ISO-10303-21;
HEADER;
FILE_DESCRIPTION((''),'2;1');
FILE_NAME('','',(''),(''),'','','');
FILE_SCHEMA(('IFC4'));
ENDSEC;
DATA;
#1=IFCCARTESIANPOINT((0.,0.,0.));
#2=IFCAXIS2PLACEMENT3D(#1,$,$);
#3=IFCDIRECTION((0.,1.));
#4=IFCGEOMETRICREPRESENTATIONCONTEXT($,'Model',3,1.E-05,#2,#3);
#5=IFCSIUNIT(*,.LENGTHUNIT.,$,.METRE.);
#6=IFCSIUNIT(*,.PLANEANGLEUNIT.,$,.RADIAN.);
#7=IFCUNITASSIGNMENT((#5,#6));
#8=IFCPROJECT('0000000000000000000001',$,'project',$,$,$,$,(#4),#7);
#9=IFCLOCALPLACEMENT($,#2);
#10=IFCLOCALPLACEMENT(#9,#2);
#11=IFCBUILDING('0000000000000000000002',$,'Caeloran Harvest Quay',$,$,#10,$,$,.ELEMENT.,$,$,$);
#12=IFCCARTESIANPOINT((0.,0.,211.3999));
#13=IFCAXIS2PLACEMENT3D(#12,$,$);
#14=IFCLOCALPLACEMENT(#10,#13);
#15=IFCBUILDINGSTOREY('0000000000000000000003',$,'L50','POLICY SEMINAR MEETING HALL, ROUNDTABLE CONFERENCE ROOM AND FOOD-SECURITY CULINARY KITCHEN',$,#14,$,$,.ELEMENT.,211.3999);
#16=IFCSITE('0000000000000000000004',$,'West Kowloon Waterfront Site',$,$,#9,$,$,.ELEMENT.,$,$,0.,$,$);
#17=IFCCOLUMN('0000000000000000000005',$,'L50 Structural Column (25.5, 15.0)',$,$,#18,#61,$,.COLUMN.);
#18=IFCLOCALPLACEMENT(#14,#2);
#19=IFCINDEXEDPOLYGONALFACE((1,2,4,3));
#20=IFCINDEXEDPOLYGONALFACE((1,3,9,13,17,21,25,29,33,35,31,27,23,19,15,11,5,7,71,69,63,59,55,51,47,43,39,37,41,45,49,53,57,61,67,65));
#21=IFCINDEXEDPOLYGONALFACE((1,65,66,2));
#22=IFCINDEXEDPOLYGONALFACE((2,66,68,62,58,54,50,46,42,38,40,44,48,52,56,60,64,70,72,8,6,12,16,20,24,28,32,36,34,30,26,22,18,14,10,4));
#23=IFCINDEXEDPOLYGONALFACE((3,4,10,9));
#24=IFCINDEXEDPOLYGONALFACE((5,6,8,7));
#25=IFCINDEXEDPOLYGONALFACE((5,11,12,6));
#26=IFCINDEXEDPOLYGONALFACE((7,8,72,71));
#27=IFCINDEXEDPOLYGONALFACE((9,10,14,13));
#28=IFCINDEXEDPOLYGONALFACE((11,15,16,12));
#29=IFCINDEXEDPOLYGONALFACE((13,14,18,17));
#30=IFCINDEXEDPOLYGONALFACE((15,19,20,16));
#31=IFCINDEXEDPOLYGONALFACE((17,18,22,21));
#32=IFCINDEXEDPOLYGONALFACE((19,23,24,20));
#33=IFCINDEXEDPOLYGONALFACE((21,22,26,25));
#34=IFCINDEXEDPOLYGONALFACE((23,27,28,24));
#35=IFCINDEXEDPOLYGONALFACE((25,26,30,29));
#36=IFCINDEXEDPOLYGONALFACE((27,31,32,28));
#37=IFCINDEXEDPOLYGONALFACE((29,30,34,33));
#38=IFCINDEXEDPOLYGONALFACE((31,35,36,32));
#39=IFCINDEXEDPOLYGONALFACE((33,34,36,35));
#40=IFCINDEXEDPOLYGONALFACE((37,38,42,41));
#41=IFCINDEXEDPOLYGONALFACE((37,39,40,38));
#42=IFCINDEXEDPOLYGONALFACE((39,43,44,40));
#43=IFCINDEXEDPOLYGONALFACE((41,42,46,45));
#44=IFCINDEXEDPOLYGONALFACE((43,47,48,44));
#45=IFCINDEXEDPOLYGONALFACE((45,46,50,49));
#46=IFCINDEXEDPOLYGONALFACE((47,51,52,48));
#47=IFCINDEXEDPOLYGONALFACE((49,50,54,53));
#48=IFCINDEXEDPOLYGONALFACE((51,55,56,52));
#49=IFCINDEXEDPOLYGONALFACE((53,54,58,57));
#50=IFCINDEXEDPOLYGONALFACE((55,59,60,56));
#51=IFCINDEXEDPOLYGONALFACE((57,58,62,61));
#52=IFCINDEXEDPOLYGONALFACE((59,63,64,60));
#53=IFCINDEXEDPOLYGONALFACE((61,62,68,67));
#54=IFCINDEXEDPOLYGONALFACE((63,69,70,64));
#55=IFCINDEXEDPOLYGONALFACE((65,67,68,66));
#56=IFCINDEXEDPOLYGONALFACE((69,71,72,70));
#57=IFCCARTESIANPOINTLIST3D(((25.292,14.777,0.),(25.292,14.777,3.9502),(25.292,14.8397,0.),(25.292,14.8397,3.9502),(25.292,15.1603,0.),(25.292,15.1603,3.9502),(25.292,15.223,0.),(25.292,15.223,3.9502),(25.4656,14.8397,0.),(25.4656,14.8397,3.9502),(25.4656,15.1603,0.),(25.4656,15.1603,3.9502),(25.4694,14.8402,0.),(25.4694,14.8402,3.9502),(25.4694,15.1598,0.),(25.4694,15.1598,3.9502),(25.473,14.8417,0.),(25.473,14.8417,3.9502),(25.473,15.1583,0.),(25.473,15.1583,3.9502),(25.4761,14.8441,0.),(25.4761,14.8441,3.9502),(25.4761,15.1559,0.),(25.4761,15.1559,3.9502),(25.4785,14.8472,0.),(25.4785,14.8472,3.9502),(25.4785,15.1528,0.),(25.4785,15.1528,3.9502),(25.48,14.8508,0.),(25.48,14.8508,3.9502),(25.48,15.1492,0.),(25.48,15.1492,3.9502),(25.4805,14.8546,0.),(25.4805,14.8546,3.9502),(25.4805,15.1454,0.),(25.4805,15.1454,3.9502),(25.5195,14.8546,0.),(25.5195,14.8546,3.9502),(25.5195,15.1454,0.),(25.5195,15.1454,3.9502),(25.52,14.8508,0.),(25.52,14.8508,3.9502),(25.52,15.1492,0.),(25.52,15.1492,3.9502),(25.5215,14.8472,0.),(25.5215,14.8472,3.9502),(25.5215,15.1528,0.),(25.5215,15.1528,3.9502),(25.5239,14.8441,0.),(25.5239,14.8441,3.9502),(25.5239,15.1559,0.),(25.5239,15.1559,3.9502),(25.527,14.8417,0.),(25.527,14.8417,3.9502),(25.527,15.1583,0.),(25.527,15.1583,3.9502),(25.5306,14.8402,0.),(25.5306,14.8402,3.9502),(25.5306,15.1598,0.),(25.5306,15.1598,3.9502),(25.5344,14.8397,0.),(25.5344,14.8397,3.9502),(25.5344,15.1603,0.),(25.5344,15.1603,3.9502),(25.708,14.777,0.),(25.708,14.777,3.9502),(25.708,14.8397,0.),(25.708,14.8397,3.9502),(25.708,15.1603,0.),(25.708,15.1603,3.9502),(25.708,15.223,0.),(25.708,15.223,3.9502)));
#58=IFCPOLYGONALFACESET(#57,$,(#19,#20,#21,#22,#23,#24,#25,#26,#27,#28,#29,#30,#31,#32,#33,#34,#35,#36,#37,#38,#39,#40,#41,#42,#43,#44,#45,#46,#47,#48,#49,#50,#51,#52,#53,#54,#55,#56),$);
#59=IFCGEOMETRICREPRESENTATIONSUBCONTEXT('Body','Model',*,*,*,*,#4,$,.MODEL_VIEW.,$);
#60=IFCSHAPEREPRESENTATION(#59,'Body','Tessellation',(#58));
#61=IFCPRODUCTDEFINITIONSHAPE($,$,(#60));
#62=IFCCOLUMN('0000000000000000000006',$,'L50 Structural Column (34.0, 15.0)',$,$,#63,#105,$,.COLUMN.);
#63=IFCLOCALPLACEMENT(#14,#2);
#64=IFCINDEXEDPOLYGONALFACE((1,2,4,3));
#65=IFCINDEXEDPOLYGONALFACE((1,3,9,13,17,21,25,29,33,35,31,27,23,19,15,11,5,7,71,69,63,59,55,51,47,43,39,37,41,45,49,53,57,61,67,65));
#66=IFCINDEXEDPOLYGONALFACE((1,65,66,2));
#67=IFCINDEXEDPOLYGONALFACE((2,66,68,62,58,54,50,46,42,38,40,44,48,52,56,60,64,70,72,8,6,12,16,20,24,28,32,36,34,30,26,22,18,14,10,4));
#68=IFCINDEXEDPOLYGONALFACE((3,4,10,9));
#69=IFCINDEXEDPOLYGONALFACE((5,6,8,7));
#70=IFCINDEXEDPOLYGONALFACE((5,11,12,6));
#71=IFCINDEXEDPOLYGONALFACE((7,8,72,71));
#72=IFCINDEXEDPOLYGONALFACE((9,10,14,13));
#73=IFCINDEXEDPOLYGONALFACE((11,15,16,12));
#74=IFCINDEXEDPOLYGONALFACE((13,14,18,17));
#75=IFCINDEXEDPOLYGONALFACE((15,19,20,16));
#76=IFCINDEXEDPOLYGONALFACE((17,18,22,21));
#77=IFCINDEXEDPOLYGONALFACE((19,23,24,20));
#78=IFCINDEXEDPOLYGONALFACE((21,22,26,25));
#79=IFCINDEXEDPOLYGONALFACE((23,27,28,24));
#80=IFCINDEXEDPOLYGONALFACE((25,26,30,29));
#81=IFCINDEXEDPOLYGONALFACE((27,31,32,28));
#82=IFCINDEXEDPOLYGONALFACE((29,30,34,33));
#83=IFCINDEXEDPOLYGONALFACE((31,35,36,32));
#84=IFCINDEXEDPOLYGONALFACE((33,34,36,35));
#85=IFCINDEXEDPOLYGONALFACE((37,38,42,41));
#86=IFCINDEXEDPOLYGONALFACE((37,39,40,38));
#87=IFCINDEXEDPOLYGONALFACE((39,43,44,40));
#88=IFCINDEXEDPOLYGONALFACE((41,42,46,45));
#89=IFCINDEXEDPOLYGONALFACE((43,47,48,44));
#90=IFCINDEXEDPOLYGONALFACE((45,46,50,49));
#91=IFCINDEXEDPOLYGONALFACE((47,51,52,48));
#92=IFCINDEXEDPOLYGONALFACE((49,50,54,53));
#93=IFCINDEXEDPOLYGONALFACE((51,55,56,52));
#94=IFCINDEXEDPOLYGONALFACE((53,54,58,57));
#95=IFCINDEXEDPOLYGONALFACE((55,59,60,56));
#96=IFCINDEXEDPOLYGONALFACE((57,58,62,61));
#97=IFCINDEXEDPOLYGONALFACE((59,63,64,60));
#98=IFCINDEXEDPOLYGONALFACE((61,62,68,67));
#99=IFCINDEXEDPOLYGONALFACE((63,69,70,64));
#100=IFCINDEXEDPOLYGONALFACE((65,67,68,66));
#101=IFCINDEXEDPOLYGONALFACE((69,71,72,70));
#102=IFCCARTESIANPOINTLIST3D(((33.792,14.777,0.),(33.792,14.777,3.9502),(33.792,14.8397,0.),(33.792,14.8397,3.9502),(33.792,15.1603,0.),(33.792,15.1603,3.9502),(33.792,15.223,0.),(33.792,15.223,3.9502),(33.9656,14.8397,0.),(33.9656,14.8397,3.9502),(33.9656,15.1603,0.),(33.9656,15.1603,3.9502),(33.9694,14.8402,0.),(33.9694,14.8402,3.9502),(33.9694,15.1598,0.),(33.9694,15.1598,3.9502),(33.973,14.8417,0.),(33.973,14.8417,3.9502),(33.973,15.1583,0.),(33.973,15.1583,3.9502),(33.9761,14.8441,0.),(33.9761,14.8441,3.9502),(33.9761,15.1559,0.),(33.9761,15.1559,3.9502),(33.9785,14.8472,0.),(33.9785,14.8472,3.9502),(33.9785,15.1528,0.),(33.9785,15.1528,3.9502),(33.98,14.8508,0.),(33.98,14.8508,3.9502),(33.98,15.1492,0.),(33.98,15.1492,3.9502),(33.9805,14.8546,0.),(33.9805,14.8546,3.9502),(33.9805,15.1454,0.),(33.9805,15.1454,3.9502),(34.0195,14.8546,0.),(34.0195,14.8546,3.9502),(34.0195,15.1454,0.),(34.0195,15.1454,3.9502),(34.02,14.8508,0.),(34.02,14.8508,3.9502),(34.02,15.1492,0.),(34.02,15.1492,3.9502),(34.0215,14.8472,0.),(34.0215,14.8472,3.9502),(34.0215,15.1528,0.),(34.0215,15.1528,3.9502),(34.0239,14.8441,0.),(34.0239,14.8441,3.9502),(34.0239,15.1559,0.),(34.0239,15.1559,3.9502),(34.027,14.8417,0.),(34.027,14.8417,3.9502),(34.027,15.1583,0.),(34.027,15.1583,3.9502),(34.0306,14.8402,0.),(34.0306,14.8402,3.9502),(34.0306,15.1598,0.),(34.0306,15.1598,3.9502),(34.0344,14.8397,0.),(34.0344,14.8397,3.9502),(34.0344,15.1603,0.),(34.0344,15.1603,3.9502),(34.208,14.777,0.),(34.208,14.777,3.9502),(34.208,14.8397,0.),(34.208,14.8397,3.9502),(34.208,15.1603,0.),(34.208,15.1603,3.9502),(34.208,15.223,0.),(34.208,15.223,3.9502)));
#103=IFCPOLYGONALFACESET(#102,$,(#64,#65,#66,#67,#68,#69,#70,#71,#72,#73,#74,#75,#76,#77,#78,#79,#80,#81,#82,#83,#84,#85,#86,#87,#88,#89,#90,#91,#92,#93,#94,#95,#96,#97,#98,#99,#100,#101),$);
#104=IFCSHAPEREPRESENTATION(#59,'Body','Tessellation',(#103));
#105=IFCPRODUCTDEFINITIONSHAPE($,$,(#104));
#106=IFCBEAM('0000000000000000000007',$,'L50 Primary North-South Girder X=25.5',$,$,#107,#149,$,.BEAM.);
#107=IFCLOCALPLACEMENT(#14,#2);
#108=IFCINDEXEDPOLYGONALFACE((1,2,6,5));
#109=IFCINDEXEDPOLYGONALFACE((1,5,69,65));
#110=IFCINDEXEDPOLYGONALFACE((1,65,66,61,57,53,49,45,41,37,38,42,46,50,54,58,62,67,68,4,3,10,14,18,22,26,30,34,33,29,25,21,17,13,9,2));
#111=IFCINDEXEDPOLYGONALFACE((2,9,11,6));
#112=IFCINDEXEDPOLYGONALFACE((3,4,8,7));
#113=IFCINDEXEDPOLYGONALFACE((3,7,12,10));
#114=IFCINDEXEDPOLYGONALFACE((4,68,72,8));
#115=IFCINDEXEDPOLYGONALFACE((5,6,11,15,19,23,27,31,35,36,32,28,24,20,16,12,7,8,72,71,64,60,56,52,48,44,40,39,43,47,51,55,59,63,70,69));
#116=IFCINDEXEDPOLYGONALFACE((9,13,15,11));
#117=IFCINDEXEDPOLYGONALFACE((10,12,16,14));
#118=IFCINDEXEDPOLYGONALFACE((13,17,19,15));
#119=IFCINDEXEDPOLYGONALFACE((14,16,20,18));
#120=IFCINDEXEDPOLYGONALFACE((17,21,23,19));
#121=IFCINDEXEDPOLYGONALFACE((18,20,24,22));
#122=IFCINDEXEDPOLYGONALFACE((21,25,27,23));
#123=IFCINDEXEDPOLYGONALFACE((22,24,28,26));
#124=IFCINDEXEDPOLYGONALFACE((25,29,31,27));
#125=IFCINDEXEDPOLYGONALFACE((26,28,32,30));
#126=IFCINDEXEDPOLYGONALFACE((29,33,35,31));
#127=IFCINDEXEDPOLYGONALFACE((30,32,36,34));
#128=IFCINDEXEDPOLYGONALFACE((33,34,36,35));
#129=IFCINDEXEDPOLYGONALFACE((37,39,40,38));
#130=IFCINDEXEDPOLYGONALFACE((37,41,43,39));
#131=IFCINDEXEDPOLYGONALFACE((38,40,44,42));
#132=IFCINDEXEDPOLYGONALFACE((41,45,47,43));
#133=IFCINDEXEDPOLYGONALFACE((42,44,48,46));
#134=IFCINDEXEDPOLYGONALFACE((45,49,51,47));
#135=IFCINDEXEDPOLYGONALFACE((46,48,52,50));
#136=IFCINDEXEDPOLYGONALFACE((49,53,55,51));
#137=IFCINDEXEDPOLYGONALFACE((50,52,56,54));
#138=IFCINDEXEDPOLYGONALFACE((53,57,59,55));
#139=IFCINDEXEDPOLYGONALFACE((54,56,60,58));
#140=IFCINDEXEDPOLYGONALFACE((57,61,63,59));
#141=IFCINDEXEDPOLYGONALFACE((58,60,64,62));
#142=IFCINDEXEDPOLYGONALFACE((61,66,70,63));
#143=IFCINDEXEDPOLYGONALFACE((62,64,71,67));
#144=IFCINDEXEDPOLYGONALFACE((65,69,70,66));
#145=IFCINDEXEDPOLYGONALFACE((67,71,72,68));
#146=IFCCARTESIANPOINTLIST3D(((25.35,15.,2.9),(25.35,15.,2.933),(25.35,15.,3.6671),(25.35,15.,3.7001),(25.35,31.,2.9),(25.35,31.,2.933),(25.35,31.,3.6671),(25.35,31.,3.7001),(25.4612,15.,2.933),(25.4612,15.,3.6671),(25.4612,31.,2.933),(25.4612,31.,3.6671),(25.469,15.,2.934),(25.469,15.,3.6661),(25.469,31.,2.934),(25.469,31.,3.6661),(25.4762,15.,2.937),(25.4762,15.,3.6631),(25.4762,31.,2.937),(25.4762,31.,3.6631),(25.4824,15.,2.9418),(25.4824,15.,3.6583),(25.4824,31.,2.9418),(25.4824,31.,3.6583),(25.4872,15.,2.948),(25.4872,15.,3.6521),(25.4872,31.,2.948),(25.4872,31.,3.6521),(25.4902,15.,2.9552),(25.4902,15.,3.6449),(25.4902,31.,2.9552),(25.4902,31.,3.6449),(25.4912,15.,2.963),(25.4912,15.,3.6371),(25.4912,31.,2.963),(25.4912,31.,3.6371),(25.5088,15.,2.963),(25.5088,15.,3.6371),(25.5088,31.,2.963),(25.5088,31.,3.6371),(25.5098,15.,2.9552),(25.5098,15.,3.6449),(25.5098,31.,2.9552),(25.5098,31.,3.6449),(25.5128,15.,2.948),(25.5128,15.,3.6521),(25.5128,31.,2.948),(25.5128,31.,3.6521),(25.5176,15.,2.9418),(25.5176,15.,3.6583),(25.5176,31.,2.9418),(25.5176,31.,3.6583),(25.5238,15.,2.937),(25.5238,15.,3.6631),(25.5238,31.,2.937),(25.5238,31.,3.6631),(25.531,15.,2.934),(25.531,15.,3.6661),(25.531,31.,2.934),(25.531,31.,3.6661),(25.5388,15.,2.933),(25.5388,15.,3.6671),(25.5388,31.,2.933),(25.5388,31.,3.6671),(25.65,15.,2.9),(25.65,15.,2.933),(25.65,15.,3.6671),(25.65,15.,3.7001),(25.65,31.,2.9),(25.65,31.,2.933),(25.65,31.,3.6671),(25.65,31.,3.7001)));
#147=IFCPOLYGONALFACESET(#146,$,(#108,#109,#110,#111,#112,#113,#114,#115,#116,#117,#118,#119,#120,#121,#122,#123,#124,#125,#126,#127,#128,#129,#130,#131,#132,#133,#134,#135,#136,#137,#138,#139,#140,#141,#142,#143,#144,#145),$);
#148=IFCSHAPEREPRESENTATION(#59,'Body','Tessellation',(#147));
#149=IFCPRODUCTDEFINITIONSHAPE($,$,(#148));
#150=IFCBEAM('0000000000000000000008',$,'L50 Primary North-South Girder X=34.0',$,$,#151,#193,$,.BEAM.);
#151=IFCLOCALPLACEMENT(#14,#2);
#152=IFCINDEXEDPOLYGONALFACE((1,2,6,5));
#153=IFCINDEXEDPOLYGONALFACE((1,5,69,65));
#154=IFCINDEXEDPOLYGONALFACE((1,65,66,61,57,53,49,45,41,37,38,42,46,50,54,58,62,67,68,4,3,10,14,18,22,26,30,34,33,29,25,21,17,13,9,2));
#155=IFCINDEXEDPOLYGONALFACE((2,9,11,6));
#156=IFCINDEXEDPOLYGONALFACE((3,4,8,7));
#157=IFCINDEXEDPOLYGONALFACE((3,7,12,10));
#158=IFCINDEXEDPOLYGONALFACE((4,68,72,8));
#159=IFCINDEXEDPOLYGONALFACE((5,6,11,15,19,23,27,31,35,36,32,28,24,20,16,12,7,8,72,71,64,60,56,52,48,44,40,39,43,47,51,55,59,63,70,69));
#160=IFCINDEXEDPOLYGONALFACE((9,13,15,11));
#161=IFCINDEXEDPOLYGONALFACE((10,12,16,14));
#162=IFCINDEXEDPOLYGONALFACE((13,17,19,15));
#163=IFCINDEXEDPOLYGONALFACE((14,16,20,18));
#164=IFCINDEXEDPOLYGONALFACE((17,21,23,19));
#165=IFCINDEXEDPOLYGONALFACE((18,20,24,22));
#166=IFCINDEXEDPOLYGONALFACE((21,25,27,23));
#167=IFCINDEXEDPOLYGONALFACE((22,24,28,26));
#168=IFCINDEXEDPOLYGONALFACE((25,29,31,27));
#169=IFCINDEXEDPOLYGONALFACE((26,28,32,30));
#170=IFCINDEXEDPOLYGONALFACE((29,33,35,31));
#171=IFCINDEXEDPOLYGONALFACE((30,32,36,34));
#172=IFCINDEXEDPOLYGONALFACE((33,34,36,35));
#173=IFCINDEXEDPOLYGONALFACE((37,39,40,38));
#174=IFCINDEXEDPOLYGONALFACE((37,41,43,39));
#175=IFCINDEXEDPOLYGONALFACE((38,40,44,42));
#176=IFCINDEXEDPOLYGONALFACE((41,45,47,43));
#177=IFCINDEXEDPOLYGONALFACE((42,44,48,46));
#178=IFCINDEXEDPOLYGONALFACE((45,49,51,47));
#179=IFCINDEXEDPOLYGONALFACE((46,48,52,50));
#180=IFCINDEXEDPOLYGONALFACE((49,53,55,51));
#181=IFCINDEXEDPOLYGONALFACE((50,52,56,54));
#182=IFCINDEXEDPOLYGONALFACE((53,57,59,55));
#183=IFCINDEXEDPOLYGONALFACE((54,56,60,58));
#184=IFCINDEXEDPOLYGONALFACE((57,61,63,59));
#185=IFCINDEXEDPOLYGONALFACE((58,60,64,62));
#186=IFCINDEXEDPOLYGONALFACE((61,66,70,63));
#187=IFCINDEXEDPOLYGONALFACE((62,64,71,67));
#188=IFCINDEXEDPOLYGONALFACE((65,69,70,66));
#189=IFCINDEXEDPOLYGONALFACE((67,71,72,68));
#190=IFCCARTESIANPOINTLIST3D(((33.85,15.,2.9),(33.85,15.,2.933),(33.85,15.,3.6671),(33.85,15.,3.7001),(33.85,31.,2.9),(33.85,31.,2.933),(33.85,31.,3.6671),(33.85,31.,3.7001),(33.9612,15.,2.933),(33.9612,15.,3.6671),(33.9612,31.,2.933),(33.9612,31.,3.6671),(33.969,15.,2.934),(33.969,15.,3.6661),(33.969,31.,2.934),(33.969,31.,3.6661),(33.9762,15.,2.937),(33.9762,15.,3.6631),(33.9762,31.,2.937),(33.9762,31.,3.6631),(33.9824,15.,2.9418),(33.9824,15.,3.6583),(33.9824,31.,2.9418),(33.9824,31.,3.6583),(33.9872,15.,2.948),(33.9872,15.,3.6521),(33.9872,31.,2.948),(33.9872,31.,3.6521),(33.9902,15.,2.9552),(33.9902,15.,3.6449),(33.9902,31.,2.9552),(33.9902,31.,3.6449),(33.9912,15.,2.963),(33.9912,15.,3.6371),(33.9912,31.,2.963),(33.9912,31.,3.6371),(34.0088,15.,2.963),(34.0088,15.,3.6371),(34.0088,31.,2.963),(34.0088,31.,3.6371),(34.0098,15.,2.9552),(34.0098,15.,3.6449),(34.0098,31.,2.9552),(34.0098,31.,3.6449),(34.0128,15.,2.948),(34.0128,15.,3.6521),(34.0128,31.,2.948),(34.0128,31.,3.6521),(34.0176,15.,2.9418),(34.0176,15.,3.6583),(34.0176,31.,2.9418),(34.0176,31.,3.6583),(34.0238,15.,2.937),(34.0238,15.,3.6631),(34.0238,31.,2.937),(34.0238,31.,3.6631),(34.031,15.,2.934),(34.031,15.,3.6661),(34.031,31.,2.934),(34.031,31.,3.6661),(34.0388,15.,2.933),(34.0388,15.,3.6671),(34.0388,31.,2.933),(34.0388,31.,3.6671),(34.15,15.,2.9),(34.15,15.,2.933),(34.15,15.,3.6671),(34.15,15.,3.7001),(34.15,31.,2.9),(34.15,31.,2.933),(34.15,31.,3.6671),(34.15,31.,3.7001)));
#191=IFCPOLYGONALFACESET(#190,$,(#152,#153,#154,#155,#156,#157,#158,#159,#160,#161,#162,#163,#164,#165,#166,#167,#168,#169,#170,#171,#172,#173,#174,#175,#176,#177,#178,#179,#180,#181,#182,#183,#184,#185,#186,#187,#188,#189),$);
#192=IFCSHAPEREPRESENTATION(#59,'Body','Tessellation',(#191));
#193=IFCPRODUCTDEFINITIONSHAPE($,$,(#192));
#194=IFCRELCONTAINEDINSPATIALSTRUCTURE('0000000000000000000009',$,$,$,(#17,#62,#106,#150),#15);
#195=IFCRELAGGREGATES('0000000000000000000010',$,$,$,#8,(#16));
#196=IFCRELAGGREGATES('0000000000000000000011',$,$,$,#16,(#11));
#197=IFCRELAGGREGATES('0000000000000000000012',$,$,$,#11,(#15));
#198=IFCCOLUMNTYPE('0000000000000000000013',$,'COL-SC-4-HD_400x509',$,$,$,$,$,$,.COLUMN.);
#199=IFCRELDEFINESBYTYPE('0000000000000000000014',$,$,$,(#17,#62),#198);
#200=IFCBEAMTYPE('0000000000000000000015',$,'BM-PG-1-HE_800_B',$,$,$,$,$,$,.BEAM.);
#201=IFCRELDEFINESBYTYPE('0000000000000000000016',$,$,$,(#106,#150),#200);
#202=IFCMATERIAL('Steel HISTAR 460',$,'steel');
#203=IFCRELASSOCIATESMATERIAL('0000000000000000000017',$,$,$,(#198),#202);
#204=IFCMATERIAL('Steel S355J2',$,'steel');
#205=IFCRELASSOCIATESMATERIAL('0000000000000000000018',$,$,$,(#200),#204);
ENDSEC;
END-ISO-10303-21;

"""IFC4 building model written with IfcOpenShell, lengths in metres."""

from ifc_helpers import new_model, si_unit, direction, frame, origin, origin_2d, place, context, subcontext, project, spatial, i_section, extrude, material, material_profile, profile_set, type_object, element, save


model = new_model("IFC4")

# Units and contexts
model_context = context("Model", 3, precision=1e-05, world=origin(), true_north=direction((0.0, 1.0)))
body_context = subcontext(model_context, "Body", "Model", "MODEL_VIEW")
ifc_project = project(units=[si_unit("LENGTHUNIT", "METRE"), si_unit("PLANEANGLEUNIT", "RADIAN")], contexts=[model_context])

# Site, building, storey
site_placement = place(None, origin())
site = spatial("IfcSite", under=ifc_project, at=site_placement, Name="West Kowloon Waterfront Site", CompositionType="ELEMENT", RefElevation=0.0)
building_placement = place(site_placement, origin())
building = spatial("IfcBuilding", under=site, at=building_placement, Name="Caeloran Harvest Quay", CompositionType="ELEMENT")
storey_placement = place(building_placement, frame((0.0, 0.0, 211.3999)))
storey = spatial("IfcBuildingStorey", under=building, at=storey_placement, Name="L50", Description="POLICY SEMINAR MEETING HALL, ROUNDTABLE CONFERENCE ROOM AND FOOD-SECURITY CULINARY KITCHEN", CompositionType="ELEMENT", Elevation=211.3999)

# Columns
ifc_material_1 = material(Name="Steel HISTAR 460", Category="steel")
ifc_material_profile_1 = material_profile(ifc_material_1, i_section(OverallWidth=0.416, OverallDepth=0.446, WebThickness=0.0391, FlangeThickness=0.0627, FilletRadius=0.0149, at=origin_2d()), Name="HD 400x509")
ifc_profile_set_1 = profile_set([ifc_material_profile_1], Name="Steel HISTAR 460")
column_type = type_object("IfcColumnType", Name="COL-SC-4-HD_400x509", PredefinedType="COLUMN", material=ifc_profile_set_1)
for number, where, z_axis, x_axis, name in (
    (1, (25.5, 15.0, 0.0), (0.0, 0.0, 1.0), (1.0, 0.0, 0.0), "L50 Structural Column (25.5, 15.0)"),
    (2, (34.0, 15.0, 0.0), (0.0, 0.0, 1.0), (1.0, 0.0, 0.0), "L50 Structural Column (34.0, 15.0)"),
):
    element("IfcColumn", number, at=place(storey_placement, frame(where, z_axis=z_axis, x_axis=x_axis)), inside=storey, type_object=column_type, Name=name, PredefinedType="COLUMN", context=body_context, shape_type="SweptSolid", body=[
        extrude(i_section(OverallWidth=0.416, OverallDepth=0.446, WebThickness=0.0391, FlangeThickness=0.0627, FilletRadius=0.0149, at=origin_2d()), origin(), (0.0, 0.0, 1.0), 3.9502),
    ])

# Beams
ifc_material_2 = material(Name="Steel S355J2", Category="steel")
ifc_material_profile_2 = material_profile(ifc_material_2, i_section(OverallWidth=0.3, OverallDepth=0.8, WebThickness=0.0176, FlangeThickness=0.033, FilletRadius=0.03, at=origin_2d()), Name="HE 800 B")
ifc_profile_set_2 = profile_set([ifc_material_profile_2], Name="Steel S355J2")
beam_type_1 = type_object("IfcBeamType", Name="BM-PG-1-HE_800_B", PredefinedType="BEAM", material=ifc_profile_set_2)
for number, where, z_axis, x_axis, name in (
    (3, (25.5, 15.0, 3.3), (0.0, 1.0, 0.0), (-1.0, 0.0, 0.0), "L50 Primary North-South Girder X=25.5"),
    (4, (34.0, 15.0, 3.3), (0.0, 1.0, 0.0), (-1.0, 0.0, 0.0), "L50 Primary North-South Girder X=34.0"),
):
    element("IfcBeam", number, at=place(storey_placement, frame(where, z_axis=z_axis, x_axis=x_axis)), inside=storey, type_object=beam_type_1, Name=name, PredefinedType="BEAM", context=body_context, shape_type="SweptSolid", body=[
        extrude(i_section(OverallWidth=0.3, OverallDepth=0.8, WebThickness=0.0176, FlangeThickness=0.033, FilletRadius=0.03, at=origin_2d()), origin(), (0.0, 0.0, 1.0), 16.0),
    ])

save(model, "model.ifc")
